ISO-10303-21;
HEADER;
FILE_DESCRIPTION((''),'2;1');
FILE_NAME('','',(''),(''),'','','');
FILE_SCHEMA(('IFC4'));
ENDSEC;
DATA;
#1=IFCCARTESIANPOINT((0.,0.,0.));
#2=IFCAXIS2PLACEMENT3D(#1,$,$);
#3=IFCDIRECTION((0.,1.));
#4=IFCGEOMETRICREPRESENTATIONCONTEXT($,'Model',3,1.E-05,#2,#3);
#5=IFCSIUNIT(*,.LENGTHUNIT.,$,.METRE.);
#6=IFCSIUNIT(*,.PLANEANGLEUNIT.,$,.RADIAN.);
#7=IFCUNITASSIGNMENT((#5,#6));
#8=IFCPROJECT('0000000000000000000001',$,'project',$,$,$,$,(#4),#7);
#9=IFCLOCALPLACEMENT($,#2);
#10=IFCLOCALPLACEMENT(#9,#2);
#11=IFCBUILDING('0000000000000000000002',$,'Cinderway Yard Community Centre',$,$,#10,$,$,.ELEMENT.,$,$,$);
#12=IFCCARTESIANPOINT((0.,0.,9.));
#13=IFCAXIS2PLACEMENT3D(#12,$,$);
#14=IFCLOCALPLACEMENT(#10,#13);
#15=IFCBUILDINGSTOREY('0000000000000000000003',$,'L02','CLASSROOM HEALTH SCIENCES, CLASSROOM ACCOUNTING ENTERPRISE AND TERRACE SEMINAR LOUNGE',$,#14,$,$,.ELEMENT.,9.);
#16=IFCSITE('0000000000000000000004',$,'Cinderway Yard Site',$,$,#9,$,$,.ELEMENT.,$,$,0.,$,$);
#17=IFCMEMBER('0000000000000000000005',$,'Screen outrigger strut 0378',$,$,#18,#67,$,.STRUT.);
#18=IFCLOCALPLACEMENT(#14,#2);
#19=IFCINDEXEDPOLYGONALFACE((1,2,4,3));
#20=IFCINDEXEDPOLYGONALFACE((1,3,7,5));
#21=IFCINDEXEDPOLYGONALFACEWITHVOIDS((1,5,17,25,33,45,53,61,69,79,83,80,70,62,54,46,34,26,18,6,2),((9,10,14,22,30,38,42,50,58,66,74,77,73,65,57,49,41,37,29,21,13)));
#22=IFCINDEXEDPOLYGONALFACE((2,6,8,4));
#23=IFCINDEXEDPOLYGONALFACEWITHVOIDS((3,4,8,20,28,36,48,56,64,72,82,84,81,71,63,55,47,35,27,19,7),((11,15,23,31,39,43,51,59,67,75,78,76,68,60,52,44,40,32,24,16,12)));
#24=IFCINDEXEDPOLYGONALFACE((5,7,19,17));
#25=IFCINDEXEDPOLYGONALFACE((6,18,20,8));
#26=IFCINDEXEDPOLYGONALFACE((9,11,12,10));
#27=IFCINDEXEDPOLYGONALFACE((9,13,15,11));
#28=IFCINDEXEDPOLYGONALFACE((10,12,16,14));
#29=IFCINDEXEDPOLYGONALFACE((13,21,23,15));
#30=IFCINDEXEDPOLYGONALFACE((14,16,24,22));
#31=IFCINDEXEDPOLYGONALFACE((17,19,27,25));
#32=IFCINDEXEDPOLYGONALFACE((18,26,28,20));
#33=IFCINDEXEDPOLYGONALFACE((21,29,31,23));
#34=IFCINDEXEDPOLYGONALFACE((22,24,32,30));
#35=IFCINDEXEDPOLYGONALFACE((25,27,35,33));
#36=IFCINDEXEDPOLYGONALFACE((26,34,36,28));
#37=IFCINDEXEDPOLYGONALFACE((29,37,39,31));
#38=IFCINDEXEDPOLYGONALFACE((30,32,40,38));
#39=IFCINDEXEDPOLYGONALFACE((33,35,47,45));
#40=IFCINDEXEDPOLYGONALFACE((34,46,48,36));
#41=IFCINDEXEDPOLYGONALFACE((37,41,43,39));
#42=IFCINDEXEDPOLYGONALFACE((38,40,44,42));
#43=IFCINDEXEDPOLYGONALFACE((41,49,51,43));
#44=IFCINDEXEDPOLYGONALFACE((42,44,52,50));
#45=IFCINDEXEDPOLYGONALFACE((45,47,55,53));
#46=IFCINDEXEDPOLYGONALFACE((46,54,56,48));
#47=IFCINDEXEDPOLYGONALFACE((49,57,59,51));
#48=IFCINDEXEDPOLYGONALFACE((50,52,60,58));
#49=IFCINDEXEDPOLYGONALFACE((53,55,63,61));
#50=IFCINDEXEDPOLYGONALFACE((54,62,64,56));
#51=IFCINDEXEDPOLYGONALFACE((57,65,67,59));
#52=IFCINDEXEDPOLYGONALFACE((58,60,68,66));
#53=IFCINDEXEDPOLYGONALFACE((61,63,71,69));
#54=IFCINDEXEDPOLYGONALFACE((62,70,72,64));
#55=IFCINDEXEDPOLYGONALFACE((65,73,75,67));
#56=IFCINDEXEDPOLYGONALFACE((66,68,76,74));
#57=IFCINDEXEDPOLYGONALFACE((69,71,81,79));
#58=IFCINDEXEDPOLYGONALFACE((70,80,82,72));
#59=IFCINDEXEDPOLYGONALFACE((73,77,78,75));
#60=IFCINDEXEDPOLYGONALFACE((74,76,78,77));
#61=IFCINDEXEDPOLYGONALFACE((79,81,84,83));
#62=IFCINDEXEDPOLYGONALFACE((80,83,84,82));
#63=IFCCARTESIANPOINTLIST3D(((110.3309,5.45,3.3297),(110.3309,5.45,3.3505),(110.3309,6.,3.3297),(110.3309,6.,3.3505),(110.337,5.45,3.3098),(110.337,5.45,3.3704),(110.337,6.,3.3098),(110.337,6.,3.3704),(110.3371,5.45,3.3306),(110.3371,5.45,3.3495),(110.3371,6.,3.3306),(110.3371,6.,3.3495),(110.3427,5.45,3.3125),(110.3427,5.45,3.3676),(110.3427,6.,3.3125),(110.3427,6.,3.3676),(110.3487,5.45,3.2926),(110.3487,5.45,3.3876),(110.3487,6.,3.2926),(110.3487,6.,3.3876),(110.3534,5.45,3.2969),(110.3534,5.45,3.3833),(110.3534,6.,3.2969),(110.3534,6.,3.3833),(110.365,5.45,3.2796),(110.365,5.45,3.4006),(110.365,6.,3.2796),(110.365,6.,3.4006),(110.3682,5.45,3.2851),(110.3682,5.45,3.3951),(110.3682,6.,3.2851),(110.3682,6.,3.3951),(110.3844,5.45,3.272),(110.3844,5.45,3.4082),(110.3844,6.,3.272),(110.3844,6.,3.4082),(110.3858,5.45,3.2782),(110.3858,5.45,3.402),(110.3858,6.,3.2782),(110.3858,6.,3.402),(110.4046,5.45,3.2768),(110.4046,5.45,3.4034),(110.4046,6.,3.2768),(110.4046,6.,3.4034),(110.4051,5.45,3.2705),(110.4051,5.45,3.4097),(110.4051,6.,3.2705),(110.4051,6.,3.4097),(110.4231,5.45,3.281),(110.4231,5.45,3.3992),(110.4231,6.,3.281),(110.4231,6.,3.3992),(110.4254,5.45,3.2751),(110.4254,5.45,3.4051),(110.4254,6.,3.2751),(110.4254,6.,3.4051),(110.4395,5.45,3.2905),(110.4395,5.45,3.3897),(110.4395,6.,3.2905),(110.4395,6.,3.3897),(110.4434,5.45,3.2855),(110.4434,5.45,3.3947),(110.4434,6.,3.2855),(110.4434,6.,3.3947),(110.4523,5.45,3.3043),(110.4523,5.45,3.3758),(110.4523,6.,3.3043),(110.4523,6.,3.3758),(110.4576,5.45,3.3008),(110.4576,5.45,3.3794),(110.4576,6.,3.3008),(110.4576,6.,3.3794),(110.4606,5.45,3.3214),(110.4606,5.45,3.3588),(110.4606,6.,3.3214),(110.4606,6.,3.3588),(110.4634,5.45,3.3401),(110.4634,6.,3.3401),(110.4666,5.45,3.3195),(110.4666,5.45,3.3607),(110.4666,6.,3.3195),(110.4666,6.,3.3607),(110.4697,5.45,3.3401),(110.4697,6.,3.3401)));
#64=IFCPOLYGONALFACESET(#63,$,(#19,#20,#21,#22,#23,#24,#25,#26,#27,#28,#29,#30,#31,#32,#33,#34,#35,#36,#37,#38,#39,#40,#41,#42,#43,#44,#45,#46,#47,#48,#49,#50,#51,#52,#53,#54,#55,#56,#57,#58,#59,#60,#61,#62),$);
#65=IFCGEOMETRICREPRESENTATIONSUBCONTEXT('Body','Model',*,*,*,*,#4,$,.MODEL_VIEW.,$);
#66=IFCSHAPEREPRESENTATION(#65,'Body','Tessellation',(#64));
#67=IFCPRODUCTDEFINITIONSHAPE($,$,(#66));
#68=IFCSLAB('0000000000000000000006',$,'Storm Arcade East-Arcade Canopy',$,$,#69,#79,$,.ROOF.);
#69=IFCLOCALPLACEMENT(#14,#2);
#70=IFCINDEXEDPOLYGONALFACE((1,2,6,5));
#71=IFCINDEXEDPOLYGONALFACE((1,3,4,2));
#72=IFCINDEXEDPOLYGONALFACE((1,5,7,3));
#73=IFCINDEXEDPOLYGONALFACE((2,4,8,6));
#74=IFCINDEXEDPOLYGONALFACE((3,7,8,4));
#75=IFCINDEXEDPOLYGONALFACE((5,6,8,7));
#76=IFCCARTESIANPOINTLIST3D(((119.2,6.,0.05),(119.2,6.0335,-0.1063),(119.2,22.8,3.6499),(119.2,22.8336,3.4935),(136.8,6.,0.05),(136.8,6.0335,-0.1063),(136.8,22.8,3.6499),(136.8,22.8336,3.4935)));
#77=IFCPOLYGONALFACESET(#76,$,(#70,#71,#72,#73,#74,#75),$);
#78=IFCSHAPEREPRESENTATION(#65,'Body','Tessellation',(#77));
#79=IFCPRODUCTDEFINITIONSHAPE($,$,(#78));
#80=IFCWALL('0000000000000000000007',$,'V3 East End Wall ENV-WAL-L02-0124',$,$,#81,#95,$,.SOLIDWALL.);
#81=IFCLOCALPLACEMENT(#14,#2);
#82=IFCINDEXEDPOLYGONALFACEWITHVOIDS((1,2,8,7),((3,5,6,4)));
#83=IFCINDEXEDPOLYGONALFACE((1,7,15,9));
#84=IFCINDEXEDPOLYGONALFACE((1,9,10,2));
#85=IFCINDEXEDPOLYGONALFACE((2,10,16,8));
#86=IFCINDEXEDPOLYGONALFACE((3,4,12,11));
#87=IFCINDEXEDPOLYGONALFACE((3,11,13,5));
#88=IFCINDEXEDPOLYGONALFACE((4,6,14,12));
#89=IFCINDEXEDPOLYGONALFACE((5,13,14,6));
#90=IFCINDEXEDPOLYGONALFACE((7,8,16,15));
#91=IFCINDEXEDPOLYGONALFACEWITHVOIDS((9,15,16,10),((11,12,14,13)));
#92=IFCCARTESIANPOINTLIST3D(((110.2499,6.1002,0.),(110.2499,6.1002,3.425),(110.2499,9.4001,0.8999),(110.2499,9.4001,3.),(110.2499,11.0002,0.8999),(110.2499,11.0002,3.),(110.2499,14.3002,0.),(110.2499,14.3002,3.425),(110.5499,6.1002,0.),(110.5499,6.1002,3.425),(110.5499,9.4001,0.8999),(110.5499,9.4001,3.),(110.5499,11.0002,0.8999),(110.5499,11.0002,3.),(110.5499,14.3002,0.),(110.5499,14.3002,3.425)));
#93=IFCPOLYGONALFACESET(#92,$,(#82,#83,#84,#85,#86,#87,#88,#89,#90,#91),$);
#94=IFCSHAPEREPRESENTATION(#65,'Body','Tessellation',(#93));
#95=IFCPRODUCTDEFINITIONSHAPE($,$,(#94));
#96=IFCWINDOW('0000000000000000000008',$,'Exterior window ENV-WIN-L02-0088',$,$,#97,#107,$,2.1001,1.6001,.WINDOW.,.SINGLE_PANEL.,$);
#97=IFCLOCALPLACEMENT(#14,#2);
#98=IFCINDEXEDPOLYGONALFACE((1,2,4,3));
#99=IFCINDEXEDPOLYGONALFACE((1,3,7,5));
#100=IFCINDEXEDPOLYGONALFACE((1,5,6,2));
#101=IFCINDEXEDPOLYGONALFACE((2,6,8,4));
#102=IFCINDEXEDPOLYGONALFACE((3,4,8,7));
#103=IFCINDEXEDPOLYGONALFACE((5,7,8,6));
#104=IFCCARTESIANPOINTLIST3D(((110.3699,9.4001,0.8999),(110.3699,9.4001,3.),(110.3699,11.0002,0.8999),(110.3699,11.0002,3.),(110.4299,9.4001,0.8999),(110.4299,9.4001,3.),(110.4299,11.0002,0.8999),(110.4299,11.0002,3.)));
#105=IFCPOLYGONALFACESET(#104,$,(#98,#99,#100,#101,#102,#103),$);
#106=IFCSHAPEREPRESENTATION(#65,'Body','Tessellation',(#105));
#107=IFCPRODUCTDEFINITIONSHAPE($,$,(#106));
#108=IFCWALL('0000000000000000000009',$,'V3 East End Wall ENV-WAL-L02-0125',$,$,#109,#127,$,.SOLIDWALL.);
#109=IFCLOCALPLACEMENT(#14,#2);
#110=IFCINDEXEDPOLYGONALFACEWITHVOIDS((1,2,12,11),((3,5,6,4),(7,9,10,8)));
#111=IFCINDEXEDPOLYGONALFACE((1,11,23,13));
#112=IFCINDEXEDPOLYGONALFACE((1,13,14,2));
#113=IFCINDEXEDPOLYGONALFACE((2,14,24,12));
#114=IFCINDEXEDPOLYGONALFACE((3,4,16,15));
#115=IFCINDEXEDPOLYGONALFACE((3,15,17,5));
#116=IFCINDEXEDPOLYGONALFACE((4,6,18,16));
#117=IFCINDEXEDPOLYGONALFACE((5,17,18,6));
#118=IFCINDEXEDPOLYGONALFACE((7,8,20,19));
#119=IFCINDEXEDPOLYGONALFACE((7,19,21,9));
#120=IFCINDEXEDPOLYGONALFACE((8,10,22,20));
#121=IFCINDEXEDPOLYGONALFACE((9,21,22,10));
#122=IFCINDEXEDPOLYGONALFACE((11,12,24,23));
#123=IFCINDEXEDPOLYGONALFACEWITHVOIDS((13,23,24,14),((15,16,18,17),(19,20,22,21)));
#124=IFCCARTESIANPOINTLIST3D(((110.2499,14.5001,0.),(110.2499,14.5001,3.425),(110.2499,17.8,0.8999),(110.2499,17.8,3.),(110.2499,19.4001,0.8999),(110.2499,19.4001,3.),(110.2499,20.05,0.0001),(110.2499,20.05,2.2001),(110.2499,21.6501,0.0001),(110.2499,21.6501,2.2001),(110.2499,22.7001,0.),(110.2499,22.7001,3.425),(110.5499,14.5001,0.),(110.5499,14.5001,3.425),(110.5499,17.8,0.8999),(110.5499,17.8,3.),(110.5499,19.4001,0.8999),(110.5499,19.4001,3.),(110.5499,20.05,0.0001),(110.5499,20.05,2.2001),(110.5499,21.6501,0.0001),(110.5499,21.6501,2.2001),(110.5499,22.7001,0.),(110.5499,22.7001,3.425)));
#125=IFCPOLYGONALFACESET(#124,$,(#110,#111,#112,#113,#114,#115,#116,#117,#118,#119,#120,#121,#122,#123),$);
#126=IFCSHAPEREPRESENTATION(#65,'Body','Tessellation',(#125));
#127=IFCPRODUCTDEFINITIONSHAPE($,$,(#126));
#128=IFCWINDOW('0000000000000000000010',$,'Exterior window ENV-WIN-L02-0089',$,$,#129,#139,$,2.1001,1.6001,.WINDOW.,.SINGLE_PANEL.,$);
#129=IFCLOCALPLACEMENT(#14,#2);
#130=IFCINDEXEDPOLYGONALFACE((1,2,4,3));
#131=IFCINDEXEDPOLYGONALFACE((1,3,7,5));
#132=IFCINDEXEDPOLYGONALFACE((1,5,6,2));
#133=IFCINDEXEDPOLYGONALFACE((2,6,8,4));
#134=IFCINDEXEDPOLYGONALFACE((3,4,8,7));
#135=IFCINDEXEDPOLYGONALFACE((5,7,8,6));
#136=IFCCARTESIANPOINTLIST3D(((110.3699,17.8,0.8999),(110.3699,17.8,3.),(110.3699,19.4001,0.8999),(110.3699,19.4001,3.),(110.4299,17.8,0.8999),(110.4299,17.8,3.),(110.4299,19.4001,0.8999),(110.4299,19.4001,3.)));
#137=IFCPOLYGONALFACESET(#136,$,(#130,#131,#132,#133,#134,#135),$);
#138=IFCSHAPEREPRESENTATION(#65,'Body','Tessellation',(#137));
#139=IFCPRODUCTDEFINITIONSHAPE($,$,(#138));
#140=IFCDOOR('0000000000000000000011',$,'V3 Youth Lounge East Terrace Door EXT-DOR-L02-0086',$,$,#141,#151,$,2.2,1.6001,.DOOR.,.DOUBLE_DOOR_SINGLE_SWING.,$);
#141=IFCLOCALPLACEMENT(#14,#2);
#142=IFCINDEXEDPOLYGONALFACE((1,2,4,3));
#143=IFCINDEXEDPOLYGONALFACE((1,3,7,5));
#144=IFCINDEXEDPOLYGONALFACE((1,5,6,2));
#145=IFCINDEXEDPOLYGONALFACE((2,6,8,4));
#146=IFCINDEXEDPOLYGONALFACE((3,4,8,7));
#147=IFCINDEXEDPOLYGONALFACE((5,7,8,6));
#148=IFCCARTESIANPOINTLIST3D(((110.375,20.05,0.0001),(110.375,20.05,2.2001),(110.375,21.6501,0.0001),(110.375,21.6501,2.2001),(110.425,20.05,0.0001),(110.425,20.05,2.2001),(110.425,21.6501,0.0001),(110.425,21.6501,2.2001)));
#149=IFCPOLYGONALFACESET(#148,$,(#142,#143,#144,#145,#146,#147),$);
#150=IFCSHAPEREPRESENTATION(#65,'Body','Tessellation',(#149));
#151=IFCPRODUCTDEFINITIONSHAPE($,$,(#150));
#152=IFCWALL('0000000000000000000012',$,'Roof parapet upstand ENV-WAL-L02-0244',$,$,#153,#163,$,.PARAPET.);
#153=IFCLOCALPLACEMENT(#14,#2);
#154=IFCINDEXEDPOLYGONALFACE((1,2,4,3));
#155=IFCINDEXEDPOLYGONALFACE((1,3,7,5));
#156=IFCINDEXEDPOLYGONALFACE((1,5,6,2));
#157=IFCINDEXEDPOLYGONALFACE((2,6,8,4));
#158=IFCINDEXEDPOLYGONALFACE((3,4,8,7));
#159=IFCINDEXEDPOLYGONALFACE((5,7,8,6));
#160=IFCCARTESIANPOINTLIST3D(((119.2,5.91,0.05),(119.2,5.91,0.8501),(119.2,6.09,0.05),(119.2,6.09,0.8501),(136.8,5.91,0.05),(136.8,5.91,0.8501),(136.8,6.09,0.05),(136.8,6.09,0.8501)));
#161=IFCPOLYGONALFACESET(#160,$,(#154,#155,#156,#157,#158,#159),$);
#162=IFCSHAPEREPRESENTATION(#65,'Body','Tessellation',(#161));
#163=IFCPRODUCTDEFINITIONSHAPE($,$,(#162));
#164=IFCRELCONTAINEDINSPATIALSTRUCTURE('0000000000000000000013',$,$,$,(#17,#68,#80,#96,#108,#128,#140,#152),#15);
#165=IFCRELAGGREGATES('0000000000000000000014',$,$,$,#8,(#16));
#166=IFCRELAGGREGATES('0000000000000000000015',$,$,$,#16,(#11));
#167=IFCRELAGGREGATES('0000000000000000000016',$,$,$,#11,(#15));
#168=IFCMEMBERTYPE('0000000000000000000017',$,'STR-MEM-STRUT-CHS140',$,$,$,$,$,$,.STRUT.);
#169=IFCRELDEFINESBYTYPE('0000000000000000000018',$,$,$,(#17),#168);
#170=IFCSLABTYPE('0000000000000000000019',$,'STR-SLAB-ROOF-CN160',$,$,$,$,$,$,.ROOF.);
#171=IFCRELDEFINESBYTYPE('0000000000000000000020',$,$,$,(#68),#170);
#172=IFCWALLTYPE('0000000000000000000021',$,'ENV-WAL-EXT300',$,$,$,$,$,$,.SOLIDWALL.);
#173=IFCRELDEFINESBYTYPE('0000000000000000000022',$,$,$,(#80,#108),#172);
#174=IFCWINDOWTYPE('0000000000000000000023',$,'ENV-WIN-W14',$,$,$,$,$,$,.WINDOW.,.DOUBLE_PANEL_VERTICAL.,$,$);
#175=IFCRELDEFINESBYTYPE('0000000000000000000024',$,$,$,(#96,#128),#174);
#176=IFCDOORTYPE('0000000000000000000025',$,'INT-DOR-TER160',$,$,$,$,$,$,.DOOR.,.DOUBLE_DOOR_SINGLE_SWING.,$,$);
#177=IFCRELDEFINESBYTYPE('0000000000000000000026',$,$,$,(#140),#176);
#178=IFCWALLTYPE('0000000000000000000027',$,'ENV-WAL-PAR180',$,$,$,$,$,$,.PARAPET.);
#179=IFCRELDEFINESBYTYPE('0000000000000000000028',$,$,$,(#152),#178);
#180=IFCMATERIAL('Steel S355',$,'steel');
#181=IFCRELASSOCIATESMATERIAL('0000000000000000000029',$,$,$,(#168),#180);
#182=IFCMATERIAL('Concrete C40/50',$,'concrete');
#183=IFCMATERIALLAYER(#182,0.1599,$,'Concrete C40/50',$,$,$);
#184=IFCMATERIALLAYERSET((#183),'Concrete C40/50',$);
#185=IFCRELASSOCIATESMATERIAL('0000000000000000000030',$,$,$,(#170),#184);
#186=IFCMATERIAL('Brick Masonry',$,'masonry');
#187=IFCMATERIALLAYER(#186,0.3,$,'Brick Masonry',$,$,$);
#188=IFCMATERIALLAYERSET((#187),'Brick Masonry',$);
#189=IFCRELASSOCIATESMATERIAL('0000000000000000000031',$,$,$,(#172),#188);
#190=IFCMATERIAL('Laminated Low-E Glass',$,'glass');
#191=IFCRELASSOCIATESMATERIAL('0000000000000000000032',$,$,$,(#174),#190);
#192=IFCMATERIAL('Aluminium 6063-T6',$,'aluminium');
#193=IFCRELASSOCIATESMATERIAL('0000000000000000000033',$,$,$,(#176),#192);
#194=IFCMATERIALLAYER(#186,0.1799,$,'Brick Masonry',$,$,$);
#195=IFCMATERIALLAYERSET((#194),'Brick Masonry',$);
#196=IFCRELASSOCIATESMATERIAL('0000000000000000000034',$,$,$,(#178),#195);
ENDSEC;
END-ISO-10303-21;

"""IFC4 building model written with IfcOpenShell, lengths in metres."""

from ifc_helpers import new_model, si_unit, direction, frame, frame_2d, origin, origin_2d, place, context, subcontext, project, spatial, polyline, rectangle, hollow_circle, outline, extrude, material, layer, layer_set, material_profile, profile_set, type_object, element, fill, save


model = new_model("IFC4")

# Units and contexts
model_context = context("Model", 3, precision=1e-05, world=origin(), true_north=direction((0.0, 1.0)))
body_context = subcontext(model_context, "Body", "Model", "MODEL_VIEW")
ifc_project = project(units=[si_unit("LENGTHUNIT", "METRE"), si_unit("PLANEANGLEUNIT", "RADIAN")], contexts=[model_context])

# Site, building, storey
site_placement = place(None, origin())
site = spatial("IfcSite", under=ifc_project, at=site_placement, Name="Cinderway Yard Site", CompositionType="ELEMENT", RefElevation=0.0)
building_placement = place(site_placement, origin())
building = spatial("IfcBuilding", under=site, at=building_placement, Name="Cinderway Yard Community Centre", CompositionType="ELEMENT")
storey_placement = place(building_placement, frame((0.0, 0.0, 9.0)))
storey = spatial("IfcBuildingStorey", under=building, at=storey_placement, Name="L02", Description="CLASSROOM HEALTH SCIENCES, CLASSROOM ACCOUNTING ENTERPRISE AND TERRACE SEMINAR LOUNGE", CompositionType="ELEMENT", Elevation=9.0)

# Shared definitions
ifc_material_1 = material(Name="Concrete C40/50", Category="concrete")

# Shared definitions
ifc_material_2 = material(Name="Steel S355", Category="steel")

# Member
ifc_material_profile_1 = material_profile(ifc_material_2, hollow_circle(Radius=0.0698, WallThickness=0.0063, at=origin_2d()), Name="Steel S355")
ifc_profile_set_1 = profile_set([ifc_material_profile_1], Name="Steel S355")
member_type_1 = type_object("IfcMemberType", Name="STR-MEM-STRUT-CHS140", PredefinedType="STRUT", material=ifc_profile_set_1)
for number, where, z_axis, x_axis, name in (
    (1, (110.3999, 6.0, 3.3401), (0.0, -1.0, 0.0), (1.0, 0.0, 0.0), "Screen outrigger strut 0378"),
):
    element("IfcMember", number, at=place(storey_placement, frame(where, z_axis=z_axis, x_axis=x_axis)), inside=storey, type_object=member_type_1, Name=name, PredefinedType="STRUT", context=body_context, shape_type="SweptSolid", body=[
        extrude(hollow_circle(Radius=0.0698, WallThickness=0.0063, at=origin_2d()), origin(), (0.0, 0.0, 1.0), 0.55),
    ])

# Slab
ifc_layer_1 = layer(ifc_material_1, 0.1599, Name="Concrete C40/50")
ifc_layer_set_1 = layer_set([ifc_layer_1], Name="Concrete C40/50")
slab_type = type_object("IfcSlabType", Name="STR-SLAB-ROOF-CN160", PredefinedType="ROOF", material=ifc_layer_set_1)
slab_placement = place(storey_placement, frame((119.2, 6.0, 0.05), z_axis=(0.0, -0.20952, 0.977804), x_axis=(1.0, 0.0, 0.0)))
element("IfcSlab", 2, at=slab_placement, inside=storey, type_object=slab_type, Name="Storm Arcade East-Arcade Canopy", PredefinedType="ROOF", context=body_context, shape_type="SweptSolid", body=[
    extrude(outline(polyline([(0.0, 0.0), (17.6001, 0.0), (17.6001, 17.1814), (0.0, 17.1814), (0.0, 0.0)])), origin(), (0.0, 0.0, -1.0), 0.1599),
])

# Wall, opening, window
ifc_material_3 = material(Name="Brick Masonry", Category="masonry")
ifc_layer_2 = layer(ifc_material_3, 0.3, Name="Brick Masonry")
ifc_layer_set_2 = layer_set([ifc_layer_2], Name="Brick Masonry")
wall_type_1 = type_object("IfcWallType", Name="ENV-WAL-EXT300", PredefinedType="SOLIDWALL", material=ifc_layer_set_2)
wall_1_placement = place(storey_placement, frame((110.3999, 6.1001, 0.0), z_axis=(0.0, 0.0, 1.0), x_axis=(0.0, 1.0, 0.0)))
wall_1 = element("IfcWall", 3, at=wall_1_placement, inside=storey, type_object=wall_type_1, Name="V3 East End Wall ENV-WAL-L02-0124", PredefinedType="SOLIDWALL", context=body_context, shape_type="SweptSolid", body=[
    extrude(rectangle(XDim=8.2, YDim=0.3, at=frame_2d((4.1001, 0.0))), origin(), (0.0, 0.0, 1.0), 3.425),
])
opening_1_placement = place(wall_1_placement, frame((3.3, 0.0, 0.8999)))
opening_1 = element("IfcOpeningElement", 4, at=opening_1_placement, cuts=wall_1, PredefinedType="OPENING", context=body_context, shape_type="SweptSolid", body=[
    extrude(rectangle(XDim=1.6001, YDim=2.1001, at=frame_2d((0.8, 1.05))), frame((0.0, 0.1599, 0.0), z_axis=(0.0, -1.0, 0.0), x_axis=(1.0, 0.0, 0.0)), (0.0, 0.0, 1.0), 0.3201),
])
ifc_material_4 = material(Name="Laminated Low-E Glass", Category="glass")
window_type = type_object("IfcWindowType", Name="ENV-WIN-W14", PartitioningType="DOUBLE_PANEL_VERTICAL", PredefinedType="WINDOW", material=ifc_material_4)
window_1_placement = place(opening_1_placement, origin())
window_1 = element("IfcWindow", 5, at=window_1_placement, inside=storey, type_object=window_type, Name="Exterior window ENV-WIN-L02-0088", OverallHeight=2.1001, OverallWidth=1.6001, PartitioningType="SINGLE_PANEL", PredefinedType="WINDOW", context=body_context, shape_type="SweptSolid", body=[
    extrude(rectangle(XDim=1.6001, YDim=2.1001, at=frame_2d((0.8, 1.05))), frame((0.0, 0.03, 0.0), z_axis=(0.0, -1.0, 0.0), x_axis=(1.0, 0.0, 0.0)), (0.0, 0.0, 1.0), 0.0601),
])
fill(opening_1, window_1)

# Wall, openings, window, door
wall_2_placement = place(storey_placement, frame((110.3999, 14.5, 0.0), z_axis=(0.0, 0.0, 1.0), x_axis=(0.0, 1.0, 0.0)))
wall_2 = element("IfcWall", 6, at=wall_2_placement, inside=storey, type_object=wall_type_1, Name="V3 East End Wall ENV-WAL-L02-0125", PredefinedType="SOLIDWALL", context=body_context, shape_type="SweptSolid", body=[
    extrude(rectangle(XDim=8.2, YDim=0.3, at=frame_2d((4.1001, 0.0))), origin(), (0.0, 0.0, 1.0), 3.425),
])
opening_2_placement = place(wall_2_placement, frame((3.3, 0.0, 0.8999)))
opening_2 = element("IfcOpeningElement", 7, at=opening_2_placement, cuts=wall_2, PredefinedType="OPENING", context=body_context, shape_type="SweptSolid", body=[
    extrude(rectangle(XDim=1.6001, YDim=2.1001, at=frame_2d((0.8, 1.05))), frame((0.0, 0.1599, 0.0), z_axis=(0.0, -1.0, 0.0), x_axis=(1.0, 0.0, 0.0)), (0.0, 0.0, 1.0), 0.3201),
])
opening_3_placement = place(wall_2_placement, frame((5.55, 0.0, 0.0)))
opening_3 = element("IfcOpeningElement", 8, at=opening_3_placement, cuts=wall_2, PredefinedType="OPENING", context=body_context, shape_type="SweptSolid", body=[
    extrude(rectangle(XDim=1.6001, YDim=2.2, at=frame_2d((0.8, 1.1001))), frame((0.0, 0.1599, 0.0), z_axis=(0.0, -1.0, 0.0), x_axis=(1.0, 0.0, 0.0)), (0.0, 0.0, 1.0), 0.3201),
])
window_2_placement = place(opening_2_placement, origin())
window_2 = element("IfcWindow", 9, at=window_2_placement, inside=storey, type_object=window_type, Name="Exterior window ENV-WIN-L02-0089", OverallHeight=2.1001, OverallWidth=1.6001, PartitioningType="SINGLE_PANEL", PredefinedType="WINDOW", context=body_context, shape_type="SweptSolid", body=[
    extrude(rectangle(XDim=1.6001, YDim=2.1001, at=frame_2d((0.8, 1.05))), frame((0.0, 0.03, 0.0), z_axis=(0.0, -1.0, 0.0), x_axis=(1.0, 0.0, 0.0)), (0.0, 0.0, 1.0), 0.0601),
])
fill(opening_2, window_2)
ifc_material_5 = material(Name="Aluminium 6063-T6", Category="aluminium")
door_type = type_object("IfcDoorType", Name="INT-DOR-TER160", OperationType="DOUBLE_DOOR_SINGLE_SWING", PredefinedType="DOOR", material=ifc_material_5)
door_placement = place(opening_3_placement, origin())
door = element("IfcDoor", 10, at=door_placement, inside=storey, type_object=door_type, Name="V3 Youth Lounge East Terrace Door EXT-DOR-L02-0086", OperationType="DOUBLE_DOOR_SINGLE_SWING", OverallHeight=2.2, OverallWidth=1.6001, PredefinedType="DOOR", context=body_context, shape_type="SweptSolid", body=[
    extrude(rectangle(XDim=1.6001, YDim=2.2, at=frame_2d((0.8, 1.1001))), frame((0.0, 0.0249, 0.0), z_axis=(0.0, -1.0, 0.0), x_axis=(1.0, 0.0, 0.0)), (0.0, 0.0, 1.0), 0.05),
])
fill(opening_3, door)

# Wall
ifc_layer_3 = layer(ifc_material_3, 0.1799, Name="Brick Masonry")
ifc_layer_set_3 = layer_set([ifc_layer_3], Name="Brick Masonry")
wall_type_2 = type_object("IfcWallType", Name="ENV-WAL-PAR180", PredefinedType="PARAPET", material=ifc_layer_set_3)
wall_3_placement = place(storey_placement, frame((119.2, 6.0, 0.05), z_axis=(0.0, 0.0, 1.0), x_axis=(1.0, 0.0, 0.0)))
element("IfcWall", 11, at=wall_3_placement, inside=storey, type_object=wall_type_2, Name="Roof parapet upstand ENV-WAL-L02-0244", PredefinedType="PARAPET", context=body_context, shape_type="SweptSolid", body=[
    extrude(rectangle(XDim=17.6001, YDim=0.1799, at=frame_2d((8.8, 0.0))), origin(), (0.0, 0.0, 1.0), 0.8),
])

save(model, "model.ifc")
